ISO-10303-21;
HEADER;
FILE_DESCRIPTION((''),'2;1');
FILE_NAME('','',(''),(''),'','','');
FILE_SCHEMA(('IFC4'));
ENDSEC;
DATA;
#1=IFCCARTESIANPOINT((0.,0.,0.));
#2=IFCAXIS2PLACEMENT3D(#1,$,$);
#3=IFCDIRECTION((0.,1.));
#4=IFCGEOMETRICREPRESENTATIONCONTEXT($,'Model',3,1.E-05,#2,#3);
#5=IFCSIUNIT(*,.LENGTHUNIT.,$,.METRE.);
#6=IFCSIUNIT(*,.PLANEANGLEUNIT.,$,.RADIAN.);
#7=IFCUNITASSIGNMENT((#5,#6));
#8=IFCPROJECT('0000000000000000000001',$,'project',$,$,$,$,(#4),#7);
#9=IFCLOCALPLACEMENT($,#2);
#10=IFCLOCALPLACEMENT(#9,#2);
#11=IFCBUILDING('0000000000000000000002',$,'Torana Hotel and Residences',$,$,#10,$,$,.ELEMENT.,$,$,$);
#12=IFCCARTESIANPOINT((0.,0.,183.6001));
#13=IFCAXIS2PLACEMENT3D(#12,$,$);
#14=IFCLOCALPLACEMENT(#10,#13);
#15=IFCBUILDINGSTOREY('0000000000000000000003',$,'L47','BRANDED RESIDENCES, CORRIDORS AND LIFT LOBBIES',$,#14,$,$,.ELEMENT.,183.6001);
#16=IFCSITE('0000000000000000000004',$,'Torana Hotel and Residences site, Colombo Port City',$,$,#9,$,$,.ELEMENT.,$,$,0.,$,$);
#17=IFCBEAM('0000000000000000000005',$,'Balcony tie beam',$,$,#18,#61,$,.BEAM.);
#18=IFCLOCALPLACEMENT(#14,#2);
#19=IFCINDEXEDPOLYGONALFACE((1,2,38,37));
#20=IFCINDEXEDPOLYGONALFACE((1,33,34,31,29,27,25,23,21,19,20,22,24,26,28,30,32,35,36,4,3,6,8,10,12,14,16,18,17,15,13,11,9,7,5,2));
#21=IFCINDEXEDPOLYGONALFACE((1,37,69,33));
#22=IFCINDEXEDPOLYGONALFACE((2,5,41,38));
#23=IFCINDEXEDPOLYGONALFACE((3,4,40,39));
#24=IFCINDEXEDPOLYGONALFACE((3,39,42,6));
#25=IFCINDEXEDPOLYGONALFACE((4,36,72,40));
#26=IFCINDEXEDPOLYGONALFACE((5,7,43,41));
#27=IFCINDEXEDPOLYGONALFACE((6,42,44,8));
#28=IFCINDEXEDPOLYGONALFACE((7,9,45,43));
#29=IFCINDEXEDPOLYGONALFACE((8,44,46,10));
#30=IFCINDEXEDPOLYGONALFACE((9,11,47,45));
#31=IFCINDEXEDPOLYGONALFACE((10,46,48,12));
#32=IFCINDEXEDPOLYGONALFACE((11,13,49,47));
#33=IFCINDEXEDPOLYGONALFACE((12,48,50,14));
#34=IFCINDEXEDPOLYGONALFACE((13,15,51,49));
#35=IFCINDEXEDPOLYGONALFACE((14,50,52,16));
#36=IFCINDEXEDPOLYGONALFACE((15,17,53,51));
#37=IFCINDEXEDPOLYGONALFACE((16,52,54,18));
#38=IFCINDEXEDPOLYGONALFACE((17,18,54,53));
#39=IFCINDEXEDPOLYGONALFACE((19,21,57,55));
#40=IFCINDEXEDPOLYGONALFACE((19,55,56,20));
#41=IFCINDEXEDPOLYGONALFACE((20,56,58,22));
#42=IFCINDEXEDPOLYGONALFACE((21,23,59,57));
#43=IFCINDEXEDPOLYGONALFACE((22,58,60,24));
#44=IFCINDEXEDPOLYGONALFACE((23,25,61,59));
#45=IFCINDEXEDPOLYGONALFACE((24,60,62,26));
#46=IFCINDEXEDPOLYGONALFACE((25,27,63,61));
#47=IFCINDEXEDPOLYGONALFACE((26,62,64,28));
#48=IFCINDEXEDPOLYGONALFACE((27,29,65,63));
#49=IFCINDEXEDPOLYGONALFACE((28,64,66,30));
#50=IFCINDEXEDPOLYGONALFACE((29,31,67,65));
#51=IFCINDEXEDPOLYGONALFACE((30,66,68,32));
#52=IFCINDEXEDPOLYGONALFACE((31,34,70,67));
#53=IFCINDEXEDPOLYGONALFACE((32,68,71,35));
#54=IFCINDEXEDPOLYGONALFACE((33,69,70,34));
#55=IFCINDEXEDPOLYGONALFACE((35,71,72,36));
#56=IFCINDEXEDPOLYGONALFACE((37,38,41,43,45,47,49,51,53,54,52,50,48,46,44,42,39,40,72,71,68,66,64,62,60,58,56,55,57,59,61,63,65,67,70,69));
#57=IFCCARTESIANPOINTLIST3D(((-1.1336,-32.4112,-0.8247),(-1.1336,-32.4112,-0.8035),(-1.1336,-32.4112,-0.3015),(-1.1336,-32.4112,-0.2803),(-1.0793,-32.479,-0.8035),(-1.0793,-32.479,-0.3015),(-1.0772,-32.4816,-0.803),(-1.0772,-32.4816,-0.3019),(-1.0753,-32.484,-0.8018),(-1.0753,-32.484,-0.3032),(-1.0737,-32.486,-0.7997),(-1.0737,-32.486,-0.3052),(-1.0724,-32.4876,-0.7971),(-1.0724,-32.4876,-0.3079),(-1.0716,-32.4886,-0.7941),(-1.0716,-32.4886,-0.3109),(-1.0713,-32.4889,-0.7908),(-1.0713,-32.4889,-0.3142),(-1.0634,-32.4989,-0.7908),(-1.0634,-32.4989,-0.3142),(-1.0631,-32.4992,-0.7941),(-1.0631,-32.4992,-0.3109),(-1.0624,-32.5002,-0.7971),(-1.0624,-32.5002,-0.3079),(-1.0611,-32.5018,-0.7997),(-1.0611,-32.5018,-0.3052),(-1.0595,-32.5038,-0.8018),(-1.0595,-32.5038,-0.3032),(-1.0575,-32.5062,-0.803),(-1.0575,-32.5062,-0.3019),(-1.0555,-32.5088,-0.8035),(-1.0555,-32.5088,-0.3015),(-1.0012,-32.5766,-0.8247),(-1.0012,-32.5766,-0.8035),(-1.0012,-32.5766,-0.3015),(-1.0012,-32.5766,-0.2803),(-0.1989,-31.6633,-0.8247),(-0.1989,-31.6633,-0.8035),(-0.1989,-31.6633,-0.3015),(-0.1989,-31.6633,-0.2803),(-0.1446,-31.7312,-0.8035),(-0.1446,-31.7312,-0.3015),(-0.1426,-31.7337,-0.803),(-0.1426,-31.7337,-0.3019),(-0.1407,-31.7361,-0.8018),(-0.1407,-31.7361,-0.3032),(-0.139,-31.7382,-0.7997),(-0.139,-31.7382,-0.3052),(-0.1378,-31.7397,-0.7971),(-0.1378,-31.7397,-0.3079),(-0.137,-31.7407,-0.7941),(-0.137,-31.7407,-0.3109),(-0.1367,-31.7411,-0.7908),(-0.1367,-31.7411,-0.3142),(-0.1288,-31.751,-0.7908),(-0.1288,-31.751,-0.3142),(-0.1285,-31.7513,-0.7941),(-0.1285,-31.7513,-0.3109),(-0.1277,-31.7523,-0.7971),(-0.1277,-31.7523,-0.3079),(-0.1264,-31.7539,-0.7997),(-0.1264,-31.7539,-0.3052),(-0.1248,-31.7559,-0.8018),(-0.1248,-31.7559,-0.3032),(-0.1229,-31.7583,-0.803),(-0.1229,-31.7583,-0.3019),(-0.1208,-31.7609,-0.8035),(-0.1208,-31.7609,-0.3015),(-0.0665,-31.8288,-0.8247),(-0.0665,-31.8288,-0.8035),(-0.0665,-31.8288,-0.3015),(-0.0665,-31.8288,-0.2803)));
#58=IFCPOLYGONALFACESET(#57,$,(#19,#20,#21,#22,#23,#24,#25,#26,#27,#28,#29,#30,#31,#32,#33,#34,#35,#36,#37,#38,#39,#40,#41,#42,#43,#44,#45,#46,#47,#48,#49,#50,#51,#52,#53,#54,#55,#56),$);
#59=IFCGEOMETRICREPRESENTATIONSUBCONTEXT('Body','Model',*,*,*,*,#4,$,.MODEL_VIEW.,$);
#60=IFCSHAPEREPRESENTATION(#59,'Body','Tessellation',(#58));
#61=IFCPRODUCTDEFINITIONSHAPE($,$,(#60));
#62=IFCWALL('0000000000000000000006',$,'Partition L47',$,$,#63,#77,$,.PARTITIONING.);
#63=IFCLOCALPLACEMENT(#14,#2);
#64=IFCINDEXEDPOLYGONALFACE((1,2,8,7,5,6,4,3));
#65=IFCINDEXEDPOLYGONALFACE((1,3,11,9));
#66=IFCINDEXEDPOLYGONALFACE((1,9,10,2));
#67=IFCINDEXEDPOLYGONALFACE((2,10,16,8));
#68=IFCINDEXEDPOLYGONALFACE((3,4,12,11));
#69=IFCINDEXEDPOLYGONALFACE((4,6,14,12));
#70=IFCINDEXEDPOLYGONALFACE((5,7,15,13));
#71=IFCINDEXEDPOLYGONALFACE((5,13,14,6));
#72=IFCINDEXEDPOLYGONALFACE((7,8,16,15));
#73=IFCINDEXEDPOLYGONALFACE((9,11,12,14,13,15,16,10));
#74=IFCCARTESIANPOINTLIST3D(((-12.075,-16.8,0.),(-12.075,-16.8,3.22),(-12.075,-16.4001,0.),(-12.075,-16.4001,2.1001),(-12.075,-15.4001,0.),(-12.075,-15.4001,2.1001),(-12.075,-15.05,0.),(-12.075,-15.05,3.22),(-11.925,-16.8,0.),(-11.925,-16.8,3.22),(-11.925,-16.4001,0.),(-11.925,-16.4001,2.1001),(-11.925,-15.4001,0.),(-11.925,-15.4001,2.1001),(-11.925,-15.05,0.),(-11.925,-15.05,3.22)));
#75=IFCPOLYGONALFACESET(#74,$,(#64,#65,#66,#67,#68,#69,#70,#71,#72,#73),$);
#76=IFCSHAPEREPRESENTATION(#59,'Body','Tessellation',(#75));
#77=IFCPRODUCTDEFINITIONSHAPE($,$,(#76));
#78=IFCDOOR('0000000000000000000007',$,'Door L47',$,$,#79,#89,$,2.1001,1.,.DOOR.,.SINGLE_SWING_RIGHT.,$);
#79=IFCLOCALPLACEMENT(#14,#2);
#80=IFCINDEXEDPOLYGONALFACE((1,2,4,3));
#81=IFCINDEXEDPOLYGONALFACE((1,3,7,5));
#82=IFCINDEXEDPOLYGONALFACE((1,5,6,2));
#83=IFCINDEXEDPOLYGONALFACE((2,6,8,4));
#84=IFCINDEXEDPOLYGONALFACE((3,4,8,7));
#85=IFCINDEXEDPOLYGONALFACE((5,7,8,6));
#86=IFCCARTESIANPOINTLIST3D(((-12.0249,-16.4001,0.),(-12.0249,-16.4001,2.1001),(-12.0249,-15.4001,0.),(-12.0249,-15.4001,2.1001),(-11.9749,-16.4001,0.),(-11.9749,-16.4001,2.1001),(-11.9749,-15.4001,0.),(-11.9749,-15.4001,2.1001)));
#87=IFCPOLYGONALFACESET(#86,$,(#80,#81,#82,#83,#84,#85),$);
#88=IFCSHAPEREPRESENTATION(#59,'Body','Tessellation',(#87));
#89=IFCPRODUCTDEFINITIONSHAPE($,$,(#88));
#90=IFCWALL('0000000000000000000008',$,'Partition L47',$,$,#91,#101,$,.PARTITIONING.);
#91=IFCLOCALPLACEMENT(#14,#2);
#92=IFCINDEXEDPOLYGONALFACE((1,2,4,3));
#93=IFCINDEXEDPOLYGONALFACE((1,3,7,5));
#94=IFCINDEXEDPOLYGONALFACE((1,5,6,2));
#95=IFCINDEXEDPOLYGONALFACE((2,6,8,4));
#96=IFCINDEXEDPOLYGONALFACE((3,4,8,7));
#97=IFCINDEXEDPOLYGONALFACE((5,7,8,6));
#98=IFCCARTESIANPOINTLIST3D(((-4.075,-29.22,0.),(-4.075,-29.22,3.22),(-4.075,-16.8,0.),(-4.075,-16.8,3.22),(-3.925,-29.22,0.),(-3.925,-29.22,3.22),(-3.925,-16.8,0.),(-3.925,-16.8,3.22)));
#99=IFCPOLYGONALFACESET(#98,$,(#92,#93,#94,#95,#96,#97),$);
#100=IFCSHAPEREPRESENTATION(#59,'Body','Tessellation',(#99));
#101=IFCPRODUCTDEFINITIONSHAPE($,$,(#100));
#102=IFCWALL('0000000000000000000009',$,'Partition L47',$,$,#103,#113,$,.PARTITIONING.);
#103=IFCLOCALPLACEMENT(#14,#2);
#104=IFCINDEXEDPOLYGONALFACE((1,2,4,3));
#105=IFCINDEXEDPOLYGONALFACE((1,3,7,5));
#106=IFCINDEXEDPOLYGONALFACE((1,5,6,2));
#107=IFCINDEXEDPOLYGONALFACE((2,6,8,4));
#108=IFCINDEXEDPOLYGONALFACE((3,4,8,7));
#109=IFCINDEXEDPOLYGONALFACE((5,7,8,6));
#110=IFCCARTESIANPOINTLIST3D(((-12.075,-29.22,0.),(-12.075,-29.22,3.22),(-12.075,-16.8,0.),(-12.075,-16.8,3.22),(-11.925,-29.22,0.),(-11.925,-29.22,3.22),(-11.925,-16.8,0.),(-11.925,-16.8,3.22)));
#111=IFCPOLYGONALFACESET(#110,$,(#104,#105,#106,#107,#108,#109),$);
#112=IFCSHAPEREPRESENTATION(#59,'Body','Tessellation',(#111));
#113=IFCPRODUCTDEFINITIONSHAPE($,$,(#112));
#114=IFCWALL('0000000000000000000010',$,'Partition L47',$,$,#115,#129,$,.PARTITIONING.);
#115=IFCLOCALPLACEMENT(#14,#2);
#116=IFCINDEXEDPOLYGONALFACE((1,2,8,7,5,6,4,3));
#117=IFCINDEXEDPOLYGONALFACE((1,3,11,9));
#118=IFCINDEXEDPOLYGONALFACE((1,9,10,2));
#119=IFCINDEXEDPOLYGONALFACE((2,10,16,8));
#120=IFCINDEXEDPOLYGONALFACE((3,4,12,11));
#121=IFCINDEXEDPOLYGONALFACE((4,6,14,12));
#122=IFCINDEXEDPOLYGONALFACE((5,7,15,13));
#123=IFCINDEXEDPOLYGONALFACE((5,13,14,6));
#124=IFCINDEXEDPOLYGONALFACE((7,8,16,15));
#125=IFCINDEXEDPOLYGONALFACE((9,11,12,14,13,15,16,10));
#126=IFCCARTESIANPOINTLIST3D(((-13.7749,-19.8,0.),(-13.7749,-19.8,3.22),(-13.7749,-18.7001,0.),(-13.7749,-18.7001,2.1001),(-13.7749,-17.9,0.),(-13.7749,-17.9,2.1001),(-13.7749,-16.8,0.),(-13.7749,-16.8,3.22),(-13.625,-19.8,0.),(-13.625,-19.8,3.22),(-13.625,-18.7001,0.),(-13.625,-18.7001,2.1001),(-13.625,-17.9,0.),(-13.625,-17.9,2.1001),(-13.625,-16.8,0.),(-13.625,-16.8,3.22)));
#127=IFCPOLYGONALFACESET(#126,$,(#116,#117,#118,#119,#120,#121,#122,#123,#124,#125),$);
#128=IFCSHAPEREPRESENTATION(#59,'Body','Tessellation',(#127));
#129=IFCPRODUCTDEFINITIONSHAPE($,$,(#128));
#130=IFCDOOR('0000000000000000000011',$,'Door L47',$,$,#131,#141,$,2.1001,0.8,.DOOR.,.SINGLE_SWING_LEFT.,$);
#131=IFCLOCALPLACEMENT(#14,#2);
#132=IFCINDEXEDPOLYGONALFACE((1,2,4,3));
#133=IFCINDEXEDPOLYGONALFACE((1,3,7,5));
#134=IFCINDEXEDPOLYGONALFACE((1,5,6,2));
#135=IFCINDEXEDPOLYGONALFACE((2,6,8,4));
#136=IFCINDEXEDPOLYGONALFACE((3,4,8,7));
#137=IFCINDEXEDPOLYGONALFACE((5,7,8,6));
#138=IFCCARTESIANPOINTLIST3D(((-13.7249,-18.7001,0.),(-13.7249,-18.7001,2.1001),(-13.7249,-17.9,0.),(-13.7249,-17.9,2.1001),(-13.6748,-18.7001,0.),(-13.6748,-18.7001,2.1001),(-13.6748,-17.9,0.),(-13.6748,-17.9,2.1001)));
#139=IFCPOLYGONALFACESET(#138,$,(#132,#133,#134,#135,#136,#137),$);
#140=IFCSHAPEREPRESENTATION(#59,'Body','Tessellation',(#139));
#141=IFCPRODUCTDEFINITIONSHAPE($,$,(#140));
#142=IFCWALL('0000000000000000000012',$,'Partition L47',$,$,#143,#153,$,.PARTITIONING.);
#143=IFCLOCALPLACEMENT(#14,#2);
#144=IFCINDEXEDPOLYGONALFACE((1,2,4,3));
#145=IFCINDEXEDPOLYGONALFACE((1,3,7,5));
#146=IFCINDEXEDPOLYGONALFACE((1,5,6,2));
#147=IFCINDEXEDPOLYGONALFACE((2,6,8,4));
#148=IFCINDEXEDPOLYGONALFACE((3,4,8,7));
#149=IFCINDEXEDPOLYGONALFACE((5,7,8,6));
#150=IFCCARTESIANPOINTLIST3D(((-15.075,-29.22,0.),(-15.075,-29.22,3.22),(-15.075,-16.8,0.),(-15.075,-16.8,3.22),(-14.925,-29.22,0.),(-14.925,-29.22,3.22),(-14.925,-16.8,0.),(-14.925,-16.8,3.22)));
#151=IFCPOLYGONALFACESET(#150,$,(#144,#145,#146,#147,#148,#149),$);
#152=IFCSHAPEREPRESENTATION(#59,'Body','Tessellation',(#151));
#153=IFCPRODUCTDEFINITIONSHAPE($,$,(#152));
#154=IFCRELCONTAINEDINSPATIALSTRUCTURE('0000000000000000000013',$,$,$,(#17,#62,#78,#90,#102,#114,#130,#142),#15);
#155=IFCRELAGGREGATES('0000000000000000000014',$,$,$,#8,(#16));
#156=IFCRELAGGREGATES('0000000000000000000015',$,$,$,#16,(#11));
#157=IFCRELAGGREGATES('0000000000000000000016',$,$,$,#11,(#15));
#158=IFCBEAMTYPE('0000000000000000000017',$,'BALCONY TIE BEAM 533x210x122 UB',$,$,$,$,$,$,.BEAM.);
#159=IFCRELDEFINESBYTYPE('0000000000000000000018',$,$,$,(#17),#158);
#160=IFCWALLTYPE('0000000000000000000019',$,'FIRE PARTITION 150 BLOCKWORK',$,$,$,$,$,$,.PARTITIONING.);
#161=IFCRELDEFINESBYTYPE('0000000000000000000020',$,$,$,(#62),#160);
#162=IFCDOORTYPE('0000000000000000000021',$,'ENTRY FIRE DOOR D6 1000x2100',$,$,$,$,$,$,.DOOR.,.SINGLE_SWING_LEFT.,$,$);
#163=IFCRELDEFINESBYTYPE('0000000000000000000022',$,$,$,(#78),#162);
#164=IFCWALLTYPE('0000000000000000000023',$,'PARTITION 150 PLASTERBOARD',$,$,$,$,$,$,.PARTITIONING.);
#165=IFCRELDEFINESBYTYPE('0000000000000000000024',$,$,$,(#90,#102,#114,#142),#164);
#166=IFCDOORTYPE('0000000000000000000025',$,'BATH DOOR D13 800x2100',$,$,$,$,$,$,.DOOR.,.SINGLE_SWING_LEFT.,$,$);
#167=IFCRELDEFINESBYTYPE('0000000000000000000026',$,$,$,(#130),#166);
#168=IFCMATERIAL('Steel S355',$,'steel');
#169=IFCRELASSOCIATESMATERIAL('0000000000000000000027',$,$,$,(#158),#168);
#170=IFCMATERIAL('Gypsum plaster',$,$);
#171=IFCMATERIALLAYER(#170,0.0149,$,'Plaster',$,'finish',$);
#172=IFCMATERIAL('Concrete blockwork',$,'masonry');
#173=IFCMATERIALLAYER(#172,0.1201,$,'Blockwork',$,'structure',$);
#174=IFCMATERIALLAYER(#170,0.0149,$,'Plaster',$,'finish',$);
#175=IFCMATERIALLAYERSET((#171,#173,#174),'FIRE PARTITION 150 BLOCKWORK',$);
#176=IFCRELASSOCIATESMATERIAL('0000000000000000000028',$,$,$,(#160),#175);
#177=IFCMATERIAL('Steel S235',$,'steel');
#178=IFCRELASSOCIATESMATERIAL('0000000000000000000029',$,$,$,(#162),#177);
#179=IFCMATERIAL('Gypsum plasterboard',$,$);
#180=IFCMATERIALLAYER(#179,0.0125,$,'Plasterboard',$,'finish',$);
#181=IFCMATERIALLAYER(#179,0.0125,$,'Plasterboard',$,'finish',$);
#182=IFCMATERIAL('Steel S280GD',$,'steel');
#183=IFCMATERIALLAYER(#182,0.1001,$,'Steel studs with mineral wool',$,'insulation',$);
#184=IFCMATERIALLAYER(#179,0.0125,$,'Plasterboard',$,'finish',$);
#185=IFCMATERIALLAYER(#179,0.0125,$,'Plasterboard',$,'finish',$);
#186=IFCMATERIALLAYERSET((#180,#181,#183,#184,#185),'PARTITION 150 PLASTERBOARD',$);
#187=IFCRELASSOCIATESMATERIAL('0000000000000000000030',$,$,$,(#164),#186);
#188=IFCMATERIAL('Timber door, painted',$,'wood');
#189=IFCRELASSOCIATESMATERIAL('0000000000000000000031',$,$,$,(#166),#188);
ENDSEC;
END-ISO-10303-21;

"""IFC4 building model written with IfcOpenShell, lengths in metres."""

from ifc_helpers import new_model, si_unit, direction, frame, frame_2d, origin, origin_2d, place, context, subcontext, project, spatial, rectangle, i_section, extrude, material, layer, layer_set, material_profile, profile_set, type_object, element, fill, save


model = new_model("IFC4")

# Units and contexts
model_context = context("Model", 3, precision=1e-05, world=origin(), true_north=direction((0.0, 1.0)))
body_context = subcontext(model_context, "Body", "Model", "MODEL_VIEW")
ifc_project = project(units=[si_unit("LENGTHUNIT", "METRE"), si_unit("PLANEANGLEUNIT", "RADIAN")], contexts=[model_context])

# Site, building, storey
site_placement = place(None, origin())
site = spatial("IfcSite", under=ifc_project, at=site_placement, Name="Torana Hotel and Residences site, Colombo Port City", CompositionType="ELEMENT", RefElevation=0.0)
building_placement = place(site_placement, origin())
building = spatial("IfcBuilding", under=site, at=building_placement, Name="Torana Hotel and Residences", CompositionType="ELEMENT")
storey_placement = place(building_placement, frame((0.0, 0.0, 183.6001)))
storey = spatial("IfcBuildingStorey", under=building, at=storey_placement, Name="L47", Description="BRANDED RESIDENCES, CORRIDORS AND LIFT LOBBIES", CompositionType="ELEMENT", Elevation=183.6001)

# Beam
ifc_material_1 = material(Name="Steel S355", Category="steel")
ifc_material_profile_1 = material_profile(ifc_material_1, i_section(OverallWidth=0.2119, OverallDepth=0.5444, WebThickness=0.0127, FlangeThickness=0.0212, FilletRadius=0.0127, at=origin_2d()), Name="533x210x122 UB")
ifc_profile_set_1 = profile_set([ifc_material_profile_1], Name="Steel S355")
beam_type = type_object("IfcBeamType", Name="BALCONY TIE BEAM 533x210x122 UB", PredefinedType="BEAM", material=ifc_profile_set_1)
for number, where, z_axis, x_axis, name in (
    (1, (-1.0674, -32.4939, -0.5525), (0.780809, 0.62477, 0.0), (-0.62477, 0.780809, 0.0), "Balcony tie beam"),
):
    element("IfcBeam", number, at=place(storey_placement, frame(where, z_axis=z_axis, x_axis=x_axis)), inside=storey, type_object=beam_type, Name=name, PredefinedType="BEAM", context=body_context, shape_type="SweptSolid", body=[
        extrude(i_section(OverallWidth=0.2119, OverallDepth=0.5444, WebThickness=0.0127, FlangeThickness=0.0212, FilletRadius=0.0127, at=origin_2d()), origin(), (0.0, 0.0, 1.0), 1.197),
    ])

# Wall, opening, door
ifc_material_2 = material(Name="Gypsum plaster")
ifc_layer_1 = layer(ifc_material_2, 0.0149, Name="Plaster", Category="finish")
ifc_material_3 = material(Name="Concrete blockwork", Category="masonry")
ifc_layer_2 = layer(ifc_material_3, 0.1201, Name="Blockwork", Category="structure")
ifc_layer_3 = layer(ifc_material_2, 0.0149, Name="Plaster", Category="finish")
ifc_layer_set_1 = layer_set([ifc_layer_1, ifc_layer_2, ifc_layer_3], Name="FIRE PARTITION 150 BLOCKWORK")
wall_type_1 = type_object("IfcWallType", Name="FIRE PARTITION 150 BLOCKWORK", PredefinedType="PARTITIONING", material=ifc_layer_set_1)
wall_1_placement = place(storey_placement, frame((-12.0, -16.8, 0.0), z_axis=(0.0, 0.0, 1.0), x_axis=(0.0, 1.0, 0.0)))
wall_1 = element("IfcWall", 2, at=wall_1_placement, inside=storey, type_object=wall_type_1, Name="Partition L47", PredefinedType="PARTITIONING", context=body_context, shape_type="SweptSolid", body=[
    extrude(rectangle(XDim=1.75, YDim=0.1499, at=frame_2d((0.875, 0.0))), origin(), (0.0, 0.0, 1.0), 3.22),
])
opening_1_placement = place(wall_1_placement, frame((0.3999, 0.0, 0.0)))
opening_1 = element("IfcOpeningElement", 3, at=opening_1_placement, cuts=wall_1, PredefinedType="OPENING", context=body_context, shape_type="SweptSolid", body=[
    extrude(rectangle(XDim=1.0, YDim=2.1001, at=frame_2d((0.5, 1.05))), frame((0.0, 0.085, 0.0), z_axis=(0.0, -1.0, 0.0), x_axis=(1.0, 0.0, 0.0)), (0.0, 0.0, 1.0), 0.1699),
])
ifc_material_4 = material(Name="Steel S235", Category="steel")
door_type_1 = type_object("IfcDoorType", Name="ENTRY FIRE DOOR D6 1000x2100", OperationType="SINGLE_SWING_LEFT", PredefinedType="DOOR", material=ifc_material_4)
door_1_placement = place(opening_1_placement, origin())
door_1 = element("IfcDoor", 4, at=door_1_placement, inside=storey, type_object=door_type_1, Name="Door L47", OperationType="SINGLE_SWING_RIGHT", OverallHeight=2.1001, OverallWidth=1.0, PredefinedType="DOOR", context=body_context, shape_type="SweptSolid", body=[
    extrude(rectangle(XDim=1.0, YDim=2.1001, at=frame_2d((0.5, 1.05))), frame((0.0, 0.0249, 0.0), z_axis=(0.0, -1.0, 0.0), x_axis=(1.0, 0.0, 0.0)), (0.0, 0.0, 1.0), 0.05),
])
fill(opening_1, door_1)

# Walls
ifc_material_5 = material(Name="Gypsum plasterboard")
ifc_layer_4 = layer(ifc_material_5, 0.0125, Name="Plasterboard", Category="finish")
ifc_layer_5 = layer(ifc_material_5, 0.0125, Name="Plasterboard", Category="finish")
ifc_material_6 = material(Name="Steel S280GD", Category="steel")
ifc_layer_6 = layer(ifc_material_6, 0.1001, Name="Steel studs with mineral wool", Category="insulation")
ifc_layer_7 = layer(ifc_material_5, 0.0125, Name="Plasterboard", Category="finish")
ifc_layer_8 = layer(ifc_material_5, 0.0125, Name="Plasterboard", Category="finish")
ifc_layer_set_2 = layer_set([ifc_layer_4, ifc_layer_5, ifc_layer_6, ifc_layer_7, ifc_layer_8], Name="PARTITION 150 PLASTERBOARD")
wall_type_2 = type_object("IfcWallType", Name="PARTITION 150 PLASTERBOARD", PredefinedType="PARTITIONING", material=ifc_layer_set_2)
for number, where, z_axis, x_axis, name in (
    (5, (-4.0, -29.22, 0.0), (0.0, 0.0, 1.0), (0.0, 1.0, 0.0), "Partition L47"),
    (6, (-12.0, -29.22, 0.0), (0.0, 0.0, 1.0), (0.0, 1.0, 0.0), "Partition L47"),
):
    element("IfcWall", number, at=place(storey_placement, frame(where, z_axis=z_axis, x_axis=x_axis)), inside=storey, type_object=wall_type_2, Name=name, PredefinedType="PARTITIONING", context=body_context, shape_type="SweptSolid", body=[
        extrude(rectangle(XDim=12.4199, YDim=0.1499, at=frame_2d((6.21, 0.0))), origin(), (0.0, 0.0, 1.0), 3.22),
    ])

# Wall, opening, door
wall_2_placement = place(storey_placement, frame((-13.7, -19.8, 0.0), z_axis=(0.0, 0.0, 1.0), x_axis=(0.0, 1.0, 0.0)))
wall_2 = element("IfcWall", 7, at=wall_2_placement, inside=storey, type_object=wall_type_2, Name="Partition L47", PredefinedType="PARTITIONING", context=body_context, shape_type="SweptSolid", body=[
    extrude(rectangle(XDim=3.0, YDim=0.1499, at=frame_2d((1.5, 0.0))), origin(), (0.0, 0.0, 1.0), 3.22),
])
opening_2_placement = place(wall_2_placement, frame((1.1001, 0.0, 0.0)))
opening_2 = element("IfcOpeningElement", 8, at=opening_2_placement, cuts=wall_2, PredefinedType="OPENING", context=body_context, shape_type="SweptSolid", body=[
    extrude(rectangle(XDim=0.8, YDim=2.1001, at=frame_2d((0.3999, 1.05))), frame((0.0, 0.085, 0.0), z_axis=(0.0, -1.0, 0.0), x_axis=(1.0, 0.0, 0.0)), (0.0, 0.0, 1.0), 0.1699),
])
ifc_material_7 = material(Name="Timber door, painted", Category="wood")
door_type_2 = type_object("IfcDoorType", Name="BATH DOOR D13 800x2100", OperationType="SINGLE_SWING_LEFT", PredefinedType="DOOR", material=ifc_material_7)
door_2_placement = place(opening_2_placement, origin())
door_2 = element("IfcDoor", 9, at=door_2_placement, inside=storey, type_object=door_type_2, Name="Door L47", OperationType="SINGLE_SWING_LEFT", OverallHeight=2.1001, OverallWidth=0.8, PredefinedType="DOOR", context=body_context, shape_type="SweptSolid", body=[
    extrude(rectangle(XDim=0.8, YDim=2.1001, at=frame_2d((0.3999, 1.05))), frame((0.0, 0.0249, 0.0), z_axis=(0.0, -1.0, 0.0), x_axis=(1.0, 0.0, 0.0)), (0.0, 0.0, 1.0), 0.05),
])
fill(opening_2, door_2)

# Wall
wall_3_placement = place(storey_placement, frame((-15.0, -29.22, 0.0), z_axis=(0.0, 0.0, 1.0), x_axis=(0.0, 1.0, 0.0)))
element("IfcWall", 10, at=wall_3_placement, inside=storey, type_object=wall_type_2, Name="Partition L47", PredefinedType="PARTITIONING", context=body_context, shape_type="SweptSolid", body=[
    extrude(rectangle(XDim=12.4199, YDim=0.1499, at=frame_2d((6.21, 0.0))), origin(), (0.0, 0.0, 1.0), 3.22),
])

save(model, "model.ifc")
